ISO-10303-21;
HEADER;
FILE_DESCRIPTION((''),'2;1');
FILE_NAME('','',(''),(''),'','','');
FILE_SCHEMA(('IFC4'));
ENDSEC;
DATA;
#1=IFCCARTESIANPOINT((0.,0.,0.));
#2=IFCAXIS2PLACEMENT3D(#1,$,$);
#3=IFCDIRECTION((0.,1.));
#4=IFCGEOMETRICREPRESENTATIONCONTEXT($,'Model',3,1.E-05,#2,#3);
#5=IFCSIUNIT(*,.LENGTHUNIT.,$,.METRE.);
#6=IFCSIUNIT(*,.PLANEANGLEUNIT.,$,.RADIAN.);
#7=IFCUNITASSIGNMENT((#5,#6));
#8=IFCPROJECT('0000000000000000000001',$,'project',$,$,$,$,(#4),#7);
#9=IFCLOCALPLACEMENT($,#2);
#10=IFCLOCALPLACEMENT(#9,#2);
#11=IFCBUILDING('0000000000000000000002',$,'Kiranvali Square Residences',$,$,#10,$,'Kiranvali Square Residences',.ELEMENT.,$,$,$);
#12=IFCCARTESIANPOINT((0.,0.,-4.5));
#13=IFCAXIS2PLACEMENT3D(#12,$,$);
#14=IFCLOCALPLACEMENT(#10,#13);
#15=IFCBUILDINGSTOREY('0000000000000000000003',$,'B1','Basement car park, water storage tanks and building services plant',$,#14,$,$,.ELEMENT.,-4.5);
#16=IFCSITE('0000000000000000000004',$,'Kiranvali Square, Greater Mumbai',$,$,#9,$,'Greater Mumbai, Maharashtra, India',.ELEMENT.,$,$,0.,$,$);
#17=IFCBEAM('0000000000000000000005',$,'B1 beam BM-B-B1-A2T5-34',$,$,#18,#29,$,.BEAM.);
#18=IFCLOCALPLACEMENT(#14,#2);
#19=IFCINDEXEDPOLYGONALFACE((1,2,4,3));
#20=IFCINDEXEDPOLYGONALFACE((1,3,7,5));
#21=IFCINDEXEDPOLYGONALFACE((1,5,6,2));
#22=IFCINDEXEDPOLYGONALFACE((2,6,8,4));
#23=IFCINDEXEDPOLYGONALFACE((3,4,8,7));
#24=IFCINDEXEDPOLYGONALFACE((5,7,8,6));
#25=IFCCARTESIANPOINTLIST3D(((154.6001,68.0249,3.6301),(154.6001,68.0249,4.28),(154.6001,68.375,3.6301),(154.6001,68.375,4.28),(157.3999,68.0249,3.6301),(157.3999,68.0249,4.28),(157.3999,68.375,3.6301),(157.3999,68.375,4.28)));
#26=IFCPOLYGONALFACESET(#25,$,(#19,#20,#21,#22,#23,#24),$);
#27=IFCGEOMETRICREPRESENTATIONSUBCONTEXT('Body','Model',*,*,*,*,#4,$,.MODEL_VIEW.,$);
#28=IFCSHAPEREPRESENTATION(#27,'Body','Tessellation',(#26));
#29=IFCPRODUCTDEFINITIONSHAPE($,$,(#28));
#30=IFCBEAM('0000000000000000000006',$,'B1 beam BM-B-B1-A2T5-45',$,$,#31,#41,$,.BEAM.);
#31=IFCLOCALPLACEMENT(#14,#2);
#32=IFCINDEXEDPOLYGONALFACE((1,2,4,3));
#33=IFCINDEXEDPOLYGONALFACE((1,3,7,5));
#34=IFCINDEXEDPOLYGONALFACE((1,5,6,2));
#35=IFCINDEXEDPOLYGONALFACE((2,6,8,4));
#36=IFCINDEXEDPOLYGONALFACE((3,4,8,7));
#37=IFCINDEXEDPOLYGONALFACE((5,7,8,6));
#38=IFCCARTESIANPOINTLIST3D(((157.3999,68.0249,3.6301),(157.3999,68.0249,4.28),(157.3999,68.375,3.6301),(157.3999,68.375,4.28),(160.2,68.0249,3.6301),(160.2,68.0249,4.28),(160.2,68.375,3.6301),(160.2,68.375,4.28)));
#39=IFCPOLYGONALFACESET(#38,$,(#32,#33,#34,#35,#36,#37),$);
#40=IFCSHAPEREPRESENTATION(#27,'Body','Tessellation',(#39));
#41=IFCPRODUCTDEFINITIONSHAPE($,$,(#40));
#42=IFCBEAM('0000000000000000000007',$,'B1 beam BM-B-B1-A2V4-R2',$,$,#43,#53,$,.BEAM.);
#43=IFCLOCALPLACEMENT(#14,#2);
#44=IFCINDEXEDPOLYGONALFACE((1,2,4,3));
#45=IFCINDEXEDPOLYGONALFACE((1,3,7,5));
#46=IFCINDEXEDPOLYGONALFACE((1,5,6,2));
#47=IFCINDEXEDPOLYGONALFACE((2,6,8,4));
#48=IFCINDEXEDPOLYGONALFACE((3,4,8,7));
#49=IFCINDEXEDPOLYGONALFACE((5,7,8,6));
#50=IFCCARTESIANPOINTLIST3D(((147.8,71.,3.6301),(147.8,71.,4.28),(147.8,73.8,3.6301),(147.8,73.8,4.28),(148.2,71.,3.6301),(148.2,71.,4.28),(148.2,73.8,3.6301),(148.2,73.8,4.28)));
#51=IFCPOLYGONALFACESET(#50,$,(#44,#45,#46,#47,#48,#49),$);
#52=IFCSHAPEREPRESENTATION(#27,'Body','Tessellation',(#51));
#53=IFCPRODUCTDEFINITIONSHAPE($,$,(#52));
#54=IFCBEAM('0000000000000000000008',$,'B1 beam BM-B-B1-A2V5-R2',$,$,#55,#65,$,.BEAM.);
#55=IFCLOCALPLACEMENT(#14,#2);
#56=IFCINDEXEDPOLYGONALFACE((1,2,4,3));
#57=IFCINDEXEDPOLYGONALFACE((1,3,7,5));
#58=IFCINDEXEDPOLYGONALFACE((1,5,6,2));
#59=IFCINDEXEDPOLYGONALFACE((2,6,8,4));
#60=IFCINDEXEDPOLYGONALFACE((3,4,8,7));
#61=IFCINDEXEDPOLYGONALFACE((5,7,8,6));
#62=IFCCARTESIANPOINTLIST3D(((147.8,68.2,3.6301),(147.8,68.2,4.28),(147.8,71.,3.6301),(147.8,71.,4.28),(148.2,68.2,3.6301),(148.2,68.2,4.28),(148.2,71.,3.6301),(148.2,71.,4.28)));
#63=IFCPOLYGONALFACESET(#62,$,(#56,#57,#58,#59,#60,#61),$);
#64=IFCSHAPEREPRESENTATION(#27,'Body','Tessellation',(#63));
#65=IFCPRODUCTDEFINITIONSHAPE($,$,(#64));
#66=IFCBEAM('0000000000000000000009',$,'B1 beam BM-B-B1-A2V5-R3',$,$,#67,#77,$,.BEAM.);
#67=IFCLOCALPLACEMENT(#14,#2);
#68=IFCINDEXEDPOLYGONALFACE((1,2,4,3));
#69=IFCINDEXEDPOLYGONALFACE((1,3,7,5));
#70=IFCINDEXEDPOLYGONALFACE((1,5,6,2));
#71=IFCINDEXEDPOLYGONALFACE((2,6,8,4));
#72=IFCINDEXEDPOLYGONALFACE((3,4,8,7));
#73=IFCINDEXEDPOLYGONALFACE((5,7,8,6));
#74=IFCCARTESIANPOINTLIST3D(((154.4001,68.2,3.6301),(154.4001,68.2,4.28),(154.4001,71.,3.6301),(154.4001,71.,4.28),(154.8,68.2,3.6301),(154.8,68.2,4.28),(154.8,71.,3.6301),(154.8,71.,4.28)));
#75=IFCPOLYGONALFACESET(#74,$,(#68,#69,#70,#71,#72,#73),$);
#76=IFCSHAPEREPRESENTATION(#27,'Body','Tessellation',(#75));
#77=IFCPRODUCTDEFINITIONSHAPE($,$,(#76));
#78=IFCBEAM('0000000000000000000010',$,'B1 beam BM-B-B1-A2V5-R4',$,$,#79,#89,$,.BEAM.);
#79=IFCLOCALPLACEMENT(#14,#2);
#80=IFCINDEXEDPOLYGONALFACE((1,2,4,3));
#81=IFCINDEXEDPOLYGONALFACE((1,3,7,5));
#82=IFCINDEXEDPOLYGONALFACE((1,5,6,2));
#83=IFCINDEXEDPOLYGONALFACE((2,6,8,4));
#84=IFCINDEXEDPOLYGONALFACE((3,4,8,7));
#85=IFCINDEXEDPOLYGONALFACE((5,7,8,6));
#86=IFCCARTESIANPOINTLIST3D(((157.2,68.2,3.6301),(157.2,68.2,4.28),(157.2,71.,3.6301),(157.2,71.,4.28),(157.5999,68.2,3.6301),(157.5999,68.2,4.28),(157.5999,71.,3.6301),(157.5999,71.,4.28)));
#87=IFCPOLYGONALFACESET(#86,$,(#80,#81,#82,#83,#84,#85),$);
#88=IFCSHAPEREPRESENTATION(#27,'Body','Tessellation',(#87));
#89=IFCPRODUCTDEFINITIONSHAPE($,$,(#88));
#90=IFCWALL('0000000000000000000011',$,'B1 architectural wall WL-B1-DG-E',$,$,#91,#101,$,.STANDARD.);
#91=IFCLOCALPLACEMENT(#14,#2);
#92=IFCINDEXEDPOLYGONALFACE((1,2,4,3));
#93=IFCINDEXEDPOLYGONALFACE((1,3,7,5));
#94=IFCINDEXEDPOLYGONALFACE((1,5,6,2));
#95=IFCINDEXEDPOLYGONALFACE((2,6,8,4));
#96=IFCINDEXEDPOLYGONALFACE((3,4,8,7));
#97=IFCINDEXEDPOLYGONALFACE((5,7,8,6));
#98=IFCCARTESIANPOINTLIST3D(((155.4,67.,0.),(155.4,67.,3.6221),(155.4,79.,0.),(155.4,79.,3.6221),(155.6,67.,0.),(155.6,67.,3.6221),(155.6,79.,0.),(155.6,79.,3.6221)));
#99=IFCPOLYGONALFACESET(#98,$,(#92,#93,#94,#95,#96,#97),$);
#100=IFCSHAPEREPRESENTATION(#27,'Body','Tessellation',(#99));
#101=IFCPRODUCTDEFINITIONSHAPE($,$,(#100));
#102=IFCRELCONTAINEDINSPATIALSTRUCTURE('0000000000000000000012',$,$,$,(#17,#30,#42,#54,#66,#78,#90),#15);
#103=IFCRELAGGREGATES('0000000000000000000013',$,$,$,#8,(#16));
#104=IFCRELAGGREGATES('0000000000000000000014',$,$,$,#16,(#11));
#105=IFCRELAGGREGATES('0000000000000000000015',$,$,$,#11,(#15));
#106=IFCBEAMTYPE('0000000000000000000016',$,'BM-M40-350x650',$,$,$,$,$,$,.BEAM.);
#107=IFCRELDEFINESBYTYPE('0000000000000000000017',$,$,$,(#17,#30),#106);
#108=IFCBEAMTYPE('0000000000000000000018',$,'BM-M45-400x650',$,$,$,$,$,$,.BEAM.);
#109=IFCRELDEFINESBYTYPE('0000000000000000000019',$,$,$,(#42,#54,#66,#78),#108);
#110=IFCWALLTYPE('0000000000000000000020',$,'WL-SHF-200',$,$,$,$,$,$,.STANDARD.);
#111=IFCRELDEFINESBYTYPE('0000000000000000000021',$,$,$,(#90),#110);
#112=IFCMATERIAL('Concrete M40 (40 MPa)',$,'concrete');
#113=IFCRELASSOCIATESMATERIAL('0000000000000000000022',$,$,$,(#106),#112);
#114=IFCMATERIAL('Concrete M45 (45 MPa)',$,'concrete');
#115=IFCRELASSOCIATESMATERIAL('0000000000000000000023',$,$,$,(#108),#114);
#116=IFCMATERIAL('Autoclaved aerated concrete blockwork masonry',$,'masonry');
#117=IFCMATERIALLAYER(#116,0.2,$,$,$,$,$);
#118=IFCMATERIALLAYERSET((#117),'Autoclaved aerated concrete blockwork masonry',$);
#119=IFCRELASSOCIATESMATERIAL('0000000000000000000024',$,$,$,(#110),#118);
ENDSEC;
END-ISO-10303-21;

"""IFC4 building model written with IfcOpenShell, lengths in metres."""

from ifc_helpers import new_model, si_unit, direction, frame, frame_2d, origin, origin_2d, place, context, subcontext, project, spatial, rectangle, extrude, material, layer, layer_set, material_profile, profile_set, type_object, element, save


model = new_model("IFC4")

# Units and contexts
model_context = context("Model", 3, precision=1e-05, world=origin(), true_north=direction((0.0, 1.0)))
body_context = subcontext(model_context, "Body", "Model", "MODEL_VIEW")
ifc_project = project(units=[si_unit("LENGTHUNIT", "METRE"), si_unit("PLANEANGLEUNIT", "RADIAN")], contexts=[model_context])

# Site, building, storey
site_placement = place(None, origin())
site = spatial("IfcSite", under=ifc_project, at=site_placement, Name="Kiranvali Square, Greater Mumbai", LongName="Greater Mumbai, Maharashtra, India", CompositionType="ELEMENT", RefElevation=0.0)
building_placement = place(site_placement, origin())
building = spatial("IfcBuilding", under=site, at=building_placement, Name="Kiranvali Square Residences", LongName="Kiranvali Square Residences", CompositionType="ELEMENT")
storey_placement = place(building_placement, frame((0.0, 0.0, -4.5)))
storey = spatial("IfcBuildingStorey", under=building, at=storey_placement, Name="B1", Description="Basement car park, water storage tanks and building services plant", CompositionType="ELEMENT", Elevation=-4.5)

# Shared definitions
ifc_material_1 = material(Name="Concrete M40 (40 MPa)", Category="concrete")

# Shared definitions
ifc_material_2 = material(Name="Concrete M45 (45 MPa)", Category="concrete")

# Beams
ifc_material_profile_1 = material_profile(ifc_material_1, rectangle(XDim=0.3501, YDim=0.6499, at=origin_2d()), Name="RC 350x650")
ifc_profile_set_1 = profile_set([ifc_material_profile_1], Name="Concrete M40 (40 MPa)")
beam_type_1 = type_object("IfcBeamType", Name="BM-M40-350x650", PredefinedType="BEAM", material=ifc_profile_set_1)
beam_1_placement = place(storey_placement, frame((154.6001, 68.2, 3.9551), z_axis=(1.0, 0.0, 0.0), x_axis=(0.0, 1.0, 0.0)))
element("IfcBeam", 1, at=beam_1_placement, inside=storey, type_object=beam_type_1, Name="B1 beam BM-B-B1-A2T5-34", PredefinedType="BEAM", context=body_context, shape_type="SweptSolid", body=[
    extrude(rectangle(XDim=0.3501, YDim=0.6499, at=origin_2d()), origin(), (0.0, 0.0, 1.0), 2.7998),
])
beam_2_placement = place(storey_placement, frame((157.3999, 68.2, 3.9551), z_axis=(1.0, 0.0, 0.0), x_axis=(0.0, 1.0, 0.0)))
element("IfcBeam", 2, at=beam_2_placement, inside=storey, type_object=beam_type_1, Name="B1 beam BM-B-B1-A2T5-45", PredefinedType="BEAM", context=body_context, shape_type="SweptSolid", body=[
    extrude(rectangle(XDim=0.3501, YDim=0.6499, at=origin_2d()), origin(), (0.0, 0.0, 1.0), 2.8),
])
ifc_material_profile_2 = material_profile(ifc_material_2, rectangle(XDim=0.3999, YDim=0.6499, at=origin_2d()), Name="RC 400x650")
ifc_profile_set_2 = profile_set([ifc_material_profile_2], Name="Concrete M45 (45 MPa)")
beam_type_2 = type_object("IfcBeamType", Name="BM-M45-400x650", PredefinedType="BEAM", material=ifc_profile_set_2)
for number, where, z_axis, x_axis, name in (
    (3, (148.0, 73.8, 3.9551), (0.0, -1.0, 0.0), (1.0, 0.0, 0.0), "B1 beam BM-B-B1-A2V4-R2"),
    (4, (148.0, 71.0, 3.9551), (0.0, -1.0, 0.0), (1.0, 0.0, 0.0), "B1 beam BM-B-B1-A2V5-R2"),
    (5, (154.6001, 71.0, 3.9551), (0.0, -1.0, 0.0), (1.0, 0.0, 0.0), "B1 beam BM-B-B1-A2V5-R3"),
    (6, (157.3999, 71.0, 3.9551), (0.0, -1.0, 0.0), (1.0, 0.0, 0.0), "B1 beam BM-B-B1-A2V5-R4"),
):
    element("IfcBeam", number, at=place(storey_placement, frame(where, z_axis=z_axis, x_axis=x_axis)), inside=storey, type_object=beam_type_2, Name=name, PredefinedType="BEAM", context=body_context, shape_type="SweptSolid", body=[
        extrude(rectangle(XDim=0.3999, YDim=0.6499, at=origin_2d()), origin(), (0.0, 0.0, 1.0), 2.8),
    ])

# Wall
ifc_material_3 = material(Name="Autoclaved aerated concrete blockwork masonry", Category="masonry")
ifc_layer = layer(ifc_material_3, 0.2)
ifc_layer_set = layer_set([ifc_layer], Name="Autoclaved aerated concrete blockwork masonry")
wall_type = type_object("IfcWallType", Name="WL-SHF-200", PredefinedType="STANDARD", material=ifc_layer_set)
wall_placement = place(storey_placement, frame((155.5, 67.0, 0.0), z_axis=(0.0, 0.0, 1.0), x_axis=(0.0, 1.0, 0.0)))
element("IfcWall", 7, at=wall_placement, inside=storey, type_object=wall_type, Name="B1 architectural wall WL-B1-DG-E", PredefinedType="STANDARD", context=body_context, shape_type="SweptSolid", body=[
    extrude(rectangle(XDim=12.0, YDim=0.2, at=frame_2d((6.0, 0.0))), origin(), (0.0, 0.0, 1.0), 3.6221),
])

save(model, "model.ifc")
